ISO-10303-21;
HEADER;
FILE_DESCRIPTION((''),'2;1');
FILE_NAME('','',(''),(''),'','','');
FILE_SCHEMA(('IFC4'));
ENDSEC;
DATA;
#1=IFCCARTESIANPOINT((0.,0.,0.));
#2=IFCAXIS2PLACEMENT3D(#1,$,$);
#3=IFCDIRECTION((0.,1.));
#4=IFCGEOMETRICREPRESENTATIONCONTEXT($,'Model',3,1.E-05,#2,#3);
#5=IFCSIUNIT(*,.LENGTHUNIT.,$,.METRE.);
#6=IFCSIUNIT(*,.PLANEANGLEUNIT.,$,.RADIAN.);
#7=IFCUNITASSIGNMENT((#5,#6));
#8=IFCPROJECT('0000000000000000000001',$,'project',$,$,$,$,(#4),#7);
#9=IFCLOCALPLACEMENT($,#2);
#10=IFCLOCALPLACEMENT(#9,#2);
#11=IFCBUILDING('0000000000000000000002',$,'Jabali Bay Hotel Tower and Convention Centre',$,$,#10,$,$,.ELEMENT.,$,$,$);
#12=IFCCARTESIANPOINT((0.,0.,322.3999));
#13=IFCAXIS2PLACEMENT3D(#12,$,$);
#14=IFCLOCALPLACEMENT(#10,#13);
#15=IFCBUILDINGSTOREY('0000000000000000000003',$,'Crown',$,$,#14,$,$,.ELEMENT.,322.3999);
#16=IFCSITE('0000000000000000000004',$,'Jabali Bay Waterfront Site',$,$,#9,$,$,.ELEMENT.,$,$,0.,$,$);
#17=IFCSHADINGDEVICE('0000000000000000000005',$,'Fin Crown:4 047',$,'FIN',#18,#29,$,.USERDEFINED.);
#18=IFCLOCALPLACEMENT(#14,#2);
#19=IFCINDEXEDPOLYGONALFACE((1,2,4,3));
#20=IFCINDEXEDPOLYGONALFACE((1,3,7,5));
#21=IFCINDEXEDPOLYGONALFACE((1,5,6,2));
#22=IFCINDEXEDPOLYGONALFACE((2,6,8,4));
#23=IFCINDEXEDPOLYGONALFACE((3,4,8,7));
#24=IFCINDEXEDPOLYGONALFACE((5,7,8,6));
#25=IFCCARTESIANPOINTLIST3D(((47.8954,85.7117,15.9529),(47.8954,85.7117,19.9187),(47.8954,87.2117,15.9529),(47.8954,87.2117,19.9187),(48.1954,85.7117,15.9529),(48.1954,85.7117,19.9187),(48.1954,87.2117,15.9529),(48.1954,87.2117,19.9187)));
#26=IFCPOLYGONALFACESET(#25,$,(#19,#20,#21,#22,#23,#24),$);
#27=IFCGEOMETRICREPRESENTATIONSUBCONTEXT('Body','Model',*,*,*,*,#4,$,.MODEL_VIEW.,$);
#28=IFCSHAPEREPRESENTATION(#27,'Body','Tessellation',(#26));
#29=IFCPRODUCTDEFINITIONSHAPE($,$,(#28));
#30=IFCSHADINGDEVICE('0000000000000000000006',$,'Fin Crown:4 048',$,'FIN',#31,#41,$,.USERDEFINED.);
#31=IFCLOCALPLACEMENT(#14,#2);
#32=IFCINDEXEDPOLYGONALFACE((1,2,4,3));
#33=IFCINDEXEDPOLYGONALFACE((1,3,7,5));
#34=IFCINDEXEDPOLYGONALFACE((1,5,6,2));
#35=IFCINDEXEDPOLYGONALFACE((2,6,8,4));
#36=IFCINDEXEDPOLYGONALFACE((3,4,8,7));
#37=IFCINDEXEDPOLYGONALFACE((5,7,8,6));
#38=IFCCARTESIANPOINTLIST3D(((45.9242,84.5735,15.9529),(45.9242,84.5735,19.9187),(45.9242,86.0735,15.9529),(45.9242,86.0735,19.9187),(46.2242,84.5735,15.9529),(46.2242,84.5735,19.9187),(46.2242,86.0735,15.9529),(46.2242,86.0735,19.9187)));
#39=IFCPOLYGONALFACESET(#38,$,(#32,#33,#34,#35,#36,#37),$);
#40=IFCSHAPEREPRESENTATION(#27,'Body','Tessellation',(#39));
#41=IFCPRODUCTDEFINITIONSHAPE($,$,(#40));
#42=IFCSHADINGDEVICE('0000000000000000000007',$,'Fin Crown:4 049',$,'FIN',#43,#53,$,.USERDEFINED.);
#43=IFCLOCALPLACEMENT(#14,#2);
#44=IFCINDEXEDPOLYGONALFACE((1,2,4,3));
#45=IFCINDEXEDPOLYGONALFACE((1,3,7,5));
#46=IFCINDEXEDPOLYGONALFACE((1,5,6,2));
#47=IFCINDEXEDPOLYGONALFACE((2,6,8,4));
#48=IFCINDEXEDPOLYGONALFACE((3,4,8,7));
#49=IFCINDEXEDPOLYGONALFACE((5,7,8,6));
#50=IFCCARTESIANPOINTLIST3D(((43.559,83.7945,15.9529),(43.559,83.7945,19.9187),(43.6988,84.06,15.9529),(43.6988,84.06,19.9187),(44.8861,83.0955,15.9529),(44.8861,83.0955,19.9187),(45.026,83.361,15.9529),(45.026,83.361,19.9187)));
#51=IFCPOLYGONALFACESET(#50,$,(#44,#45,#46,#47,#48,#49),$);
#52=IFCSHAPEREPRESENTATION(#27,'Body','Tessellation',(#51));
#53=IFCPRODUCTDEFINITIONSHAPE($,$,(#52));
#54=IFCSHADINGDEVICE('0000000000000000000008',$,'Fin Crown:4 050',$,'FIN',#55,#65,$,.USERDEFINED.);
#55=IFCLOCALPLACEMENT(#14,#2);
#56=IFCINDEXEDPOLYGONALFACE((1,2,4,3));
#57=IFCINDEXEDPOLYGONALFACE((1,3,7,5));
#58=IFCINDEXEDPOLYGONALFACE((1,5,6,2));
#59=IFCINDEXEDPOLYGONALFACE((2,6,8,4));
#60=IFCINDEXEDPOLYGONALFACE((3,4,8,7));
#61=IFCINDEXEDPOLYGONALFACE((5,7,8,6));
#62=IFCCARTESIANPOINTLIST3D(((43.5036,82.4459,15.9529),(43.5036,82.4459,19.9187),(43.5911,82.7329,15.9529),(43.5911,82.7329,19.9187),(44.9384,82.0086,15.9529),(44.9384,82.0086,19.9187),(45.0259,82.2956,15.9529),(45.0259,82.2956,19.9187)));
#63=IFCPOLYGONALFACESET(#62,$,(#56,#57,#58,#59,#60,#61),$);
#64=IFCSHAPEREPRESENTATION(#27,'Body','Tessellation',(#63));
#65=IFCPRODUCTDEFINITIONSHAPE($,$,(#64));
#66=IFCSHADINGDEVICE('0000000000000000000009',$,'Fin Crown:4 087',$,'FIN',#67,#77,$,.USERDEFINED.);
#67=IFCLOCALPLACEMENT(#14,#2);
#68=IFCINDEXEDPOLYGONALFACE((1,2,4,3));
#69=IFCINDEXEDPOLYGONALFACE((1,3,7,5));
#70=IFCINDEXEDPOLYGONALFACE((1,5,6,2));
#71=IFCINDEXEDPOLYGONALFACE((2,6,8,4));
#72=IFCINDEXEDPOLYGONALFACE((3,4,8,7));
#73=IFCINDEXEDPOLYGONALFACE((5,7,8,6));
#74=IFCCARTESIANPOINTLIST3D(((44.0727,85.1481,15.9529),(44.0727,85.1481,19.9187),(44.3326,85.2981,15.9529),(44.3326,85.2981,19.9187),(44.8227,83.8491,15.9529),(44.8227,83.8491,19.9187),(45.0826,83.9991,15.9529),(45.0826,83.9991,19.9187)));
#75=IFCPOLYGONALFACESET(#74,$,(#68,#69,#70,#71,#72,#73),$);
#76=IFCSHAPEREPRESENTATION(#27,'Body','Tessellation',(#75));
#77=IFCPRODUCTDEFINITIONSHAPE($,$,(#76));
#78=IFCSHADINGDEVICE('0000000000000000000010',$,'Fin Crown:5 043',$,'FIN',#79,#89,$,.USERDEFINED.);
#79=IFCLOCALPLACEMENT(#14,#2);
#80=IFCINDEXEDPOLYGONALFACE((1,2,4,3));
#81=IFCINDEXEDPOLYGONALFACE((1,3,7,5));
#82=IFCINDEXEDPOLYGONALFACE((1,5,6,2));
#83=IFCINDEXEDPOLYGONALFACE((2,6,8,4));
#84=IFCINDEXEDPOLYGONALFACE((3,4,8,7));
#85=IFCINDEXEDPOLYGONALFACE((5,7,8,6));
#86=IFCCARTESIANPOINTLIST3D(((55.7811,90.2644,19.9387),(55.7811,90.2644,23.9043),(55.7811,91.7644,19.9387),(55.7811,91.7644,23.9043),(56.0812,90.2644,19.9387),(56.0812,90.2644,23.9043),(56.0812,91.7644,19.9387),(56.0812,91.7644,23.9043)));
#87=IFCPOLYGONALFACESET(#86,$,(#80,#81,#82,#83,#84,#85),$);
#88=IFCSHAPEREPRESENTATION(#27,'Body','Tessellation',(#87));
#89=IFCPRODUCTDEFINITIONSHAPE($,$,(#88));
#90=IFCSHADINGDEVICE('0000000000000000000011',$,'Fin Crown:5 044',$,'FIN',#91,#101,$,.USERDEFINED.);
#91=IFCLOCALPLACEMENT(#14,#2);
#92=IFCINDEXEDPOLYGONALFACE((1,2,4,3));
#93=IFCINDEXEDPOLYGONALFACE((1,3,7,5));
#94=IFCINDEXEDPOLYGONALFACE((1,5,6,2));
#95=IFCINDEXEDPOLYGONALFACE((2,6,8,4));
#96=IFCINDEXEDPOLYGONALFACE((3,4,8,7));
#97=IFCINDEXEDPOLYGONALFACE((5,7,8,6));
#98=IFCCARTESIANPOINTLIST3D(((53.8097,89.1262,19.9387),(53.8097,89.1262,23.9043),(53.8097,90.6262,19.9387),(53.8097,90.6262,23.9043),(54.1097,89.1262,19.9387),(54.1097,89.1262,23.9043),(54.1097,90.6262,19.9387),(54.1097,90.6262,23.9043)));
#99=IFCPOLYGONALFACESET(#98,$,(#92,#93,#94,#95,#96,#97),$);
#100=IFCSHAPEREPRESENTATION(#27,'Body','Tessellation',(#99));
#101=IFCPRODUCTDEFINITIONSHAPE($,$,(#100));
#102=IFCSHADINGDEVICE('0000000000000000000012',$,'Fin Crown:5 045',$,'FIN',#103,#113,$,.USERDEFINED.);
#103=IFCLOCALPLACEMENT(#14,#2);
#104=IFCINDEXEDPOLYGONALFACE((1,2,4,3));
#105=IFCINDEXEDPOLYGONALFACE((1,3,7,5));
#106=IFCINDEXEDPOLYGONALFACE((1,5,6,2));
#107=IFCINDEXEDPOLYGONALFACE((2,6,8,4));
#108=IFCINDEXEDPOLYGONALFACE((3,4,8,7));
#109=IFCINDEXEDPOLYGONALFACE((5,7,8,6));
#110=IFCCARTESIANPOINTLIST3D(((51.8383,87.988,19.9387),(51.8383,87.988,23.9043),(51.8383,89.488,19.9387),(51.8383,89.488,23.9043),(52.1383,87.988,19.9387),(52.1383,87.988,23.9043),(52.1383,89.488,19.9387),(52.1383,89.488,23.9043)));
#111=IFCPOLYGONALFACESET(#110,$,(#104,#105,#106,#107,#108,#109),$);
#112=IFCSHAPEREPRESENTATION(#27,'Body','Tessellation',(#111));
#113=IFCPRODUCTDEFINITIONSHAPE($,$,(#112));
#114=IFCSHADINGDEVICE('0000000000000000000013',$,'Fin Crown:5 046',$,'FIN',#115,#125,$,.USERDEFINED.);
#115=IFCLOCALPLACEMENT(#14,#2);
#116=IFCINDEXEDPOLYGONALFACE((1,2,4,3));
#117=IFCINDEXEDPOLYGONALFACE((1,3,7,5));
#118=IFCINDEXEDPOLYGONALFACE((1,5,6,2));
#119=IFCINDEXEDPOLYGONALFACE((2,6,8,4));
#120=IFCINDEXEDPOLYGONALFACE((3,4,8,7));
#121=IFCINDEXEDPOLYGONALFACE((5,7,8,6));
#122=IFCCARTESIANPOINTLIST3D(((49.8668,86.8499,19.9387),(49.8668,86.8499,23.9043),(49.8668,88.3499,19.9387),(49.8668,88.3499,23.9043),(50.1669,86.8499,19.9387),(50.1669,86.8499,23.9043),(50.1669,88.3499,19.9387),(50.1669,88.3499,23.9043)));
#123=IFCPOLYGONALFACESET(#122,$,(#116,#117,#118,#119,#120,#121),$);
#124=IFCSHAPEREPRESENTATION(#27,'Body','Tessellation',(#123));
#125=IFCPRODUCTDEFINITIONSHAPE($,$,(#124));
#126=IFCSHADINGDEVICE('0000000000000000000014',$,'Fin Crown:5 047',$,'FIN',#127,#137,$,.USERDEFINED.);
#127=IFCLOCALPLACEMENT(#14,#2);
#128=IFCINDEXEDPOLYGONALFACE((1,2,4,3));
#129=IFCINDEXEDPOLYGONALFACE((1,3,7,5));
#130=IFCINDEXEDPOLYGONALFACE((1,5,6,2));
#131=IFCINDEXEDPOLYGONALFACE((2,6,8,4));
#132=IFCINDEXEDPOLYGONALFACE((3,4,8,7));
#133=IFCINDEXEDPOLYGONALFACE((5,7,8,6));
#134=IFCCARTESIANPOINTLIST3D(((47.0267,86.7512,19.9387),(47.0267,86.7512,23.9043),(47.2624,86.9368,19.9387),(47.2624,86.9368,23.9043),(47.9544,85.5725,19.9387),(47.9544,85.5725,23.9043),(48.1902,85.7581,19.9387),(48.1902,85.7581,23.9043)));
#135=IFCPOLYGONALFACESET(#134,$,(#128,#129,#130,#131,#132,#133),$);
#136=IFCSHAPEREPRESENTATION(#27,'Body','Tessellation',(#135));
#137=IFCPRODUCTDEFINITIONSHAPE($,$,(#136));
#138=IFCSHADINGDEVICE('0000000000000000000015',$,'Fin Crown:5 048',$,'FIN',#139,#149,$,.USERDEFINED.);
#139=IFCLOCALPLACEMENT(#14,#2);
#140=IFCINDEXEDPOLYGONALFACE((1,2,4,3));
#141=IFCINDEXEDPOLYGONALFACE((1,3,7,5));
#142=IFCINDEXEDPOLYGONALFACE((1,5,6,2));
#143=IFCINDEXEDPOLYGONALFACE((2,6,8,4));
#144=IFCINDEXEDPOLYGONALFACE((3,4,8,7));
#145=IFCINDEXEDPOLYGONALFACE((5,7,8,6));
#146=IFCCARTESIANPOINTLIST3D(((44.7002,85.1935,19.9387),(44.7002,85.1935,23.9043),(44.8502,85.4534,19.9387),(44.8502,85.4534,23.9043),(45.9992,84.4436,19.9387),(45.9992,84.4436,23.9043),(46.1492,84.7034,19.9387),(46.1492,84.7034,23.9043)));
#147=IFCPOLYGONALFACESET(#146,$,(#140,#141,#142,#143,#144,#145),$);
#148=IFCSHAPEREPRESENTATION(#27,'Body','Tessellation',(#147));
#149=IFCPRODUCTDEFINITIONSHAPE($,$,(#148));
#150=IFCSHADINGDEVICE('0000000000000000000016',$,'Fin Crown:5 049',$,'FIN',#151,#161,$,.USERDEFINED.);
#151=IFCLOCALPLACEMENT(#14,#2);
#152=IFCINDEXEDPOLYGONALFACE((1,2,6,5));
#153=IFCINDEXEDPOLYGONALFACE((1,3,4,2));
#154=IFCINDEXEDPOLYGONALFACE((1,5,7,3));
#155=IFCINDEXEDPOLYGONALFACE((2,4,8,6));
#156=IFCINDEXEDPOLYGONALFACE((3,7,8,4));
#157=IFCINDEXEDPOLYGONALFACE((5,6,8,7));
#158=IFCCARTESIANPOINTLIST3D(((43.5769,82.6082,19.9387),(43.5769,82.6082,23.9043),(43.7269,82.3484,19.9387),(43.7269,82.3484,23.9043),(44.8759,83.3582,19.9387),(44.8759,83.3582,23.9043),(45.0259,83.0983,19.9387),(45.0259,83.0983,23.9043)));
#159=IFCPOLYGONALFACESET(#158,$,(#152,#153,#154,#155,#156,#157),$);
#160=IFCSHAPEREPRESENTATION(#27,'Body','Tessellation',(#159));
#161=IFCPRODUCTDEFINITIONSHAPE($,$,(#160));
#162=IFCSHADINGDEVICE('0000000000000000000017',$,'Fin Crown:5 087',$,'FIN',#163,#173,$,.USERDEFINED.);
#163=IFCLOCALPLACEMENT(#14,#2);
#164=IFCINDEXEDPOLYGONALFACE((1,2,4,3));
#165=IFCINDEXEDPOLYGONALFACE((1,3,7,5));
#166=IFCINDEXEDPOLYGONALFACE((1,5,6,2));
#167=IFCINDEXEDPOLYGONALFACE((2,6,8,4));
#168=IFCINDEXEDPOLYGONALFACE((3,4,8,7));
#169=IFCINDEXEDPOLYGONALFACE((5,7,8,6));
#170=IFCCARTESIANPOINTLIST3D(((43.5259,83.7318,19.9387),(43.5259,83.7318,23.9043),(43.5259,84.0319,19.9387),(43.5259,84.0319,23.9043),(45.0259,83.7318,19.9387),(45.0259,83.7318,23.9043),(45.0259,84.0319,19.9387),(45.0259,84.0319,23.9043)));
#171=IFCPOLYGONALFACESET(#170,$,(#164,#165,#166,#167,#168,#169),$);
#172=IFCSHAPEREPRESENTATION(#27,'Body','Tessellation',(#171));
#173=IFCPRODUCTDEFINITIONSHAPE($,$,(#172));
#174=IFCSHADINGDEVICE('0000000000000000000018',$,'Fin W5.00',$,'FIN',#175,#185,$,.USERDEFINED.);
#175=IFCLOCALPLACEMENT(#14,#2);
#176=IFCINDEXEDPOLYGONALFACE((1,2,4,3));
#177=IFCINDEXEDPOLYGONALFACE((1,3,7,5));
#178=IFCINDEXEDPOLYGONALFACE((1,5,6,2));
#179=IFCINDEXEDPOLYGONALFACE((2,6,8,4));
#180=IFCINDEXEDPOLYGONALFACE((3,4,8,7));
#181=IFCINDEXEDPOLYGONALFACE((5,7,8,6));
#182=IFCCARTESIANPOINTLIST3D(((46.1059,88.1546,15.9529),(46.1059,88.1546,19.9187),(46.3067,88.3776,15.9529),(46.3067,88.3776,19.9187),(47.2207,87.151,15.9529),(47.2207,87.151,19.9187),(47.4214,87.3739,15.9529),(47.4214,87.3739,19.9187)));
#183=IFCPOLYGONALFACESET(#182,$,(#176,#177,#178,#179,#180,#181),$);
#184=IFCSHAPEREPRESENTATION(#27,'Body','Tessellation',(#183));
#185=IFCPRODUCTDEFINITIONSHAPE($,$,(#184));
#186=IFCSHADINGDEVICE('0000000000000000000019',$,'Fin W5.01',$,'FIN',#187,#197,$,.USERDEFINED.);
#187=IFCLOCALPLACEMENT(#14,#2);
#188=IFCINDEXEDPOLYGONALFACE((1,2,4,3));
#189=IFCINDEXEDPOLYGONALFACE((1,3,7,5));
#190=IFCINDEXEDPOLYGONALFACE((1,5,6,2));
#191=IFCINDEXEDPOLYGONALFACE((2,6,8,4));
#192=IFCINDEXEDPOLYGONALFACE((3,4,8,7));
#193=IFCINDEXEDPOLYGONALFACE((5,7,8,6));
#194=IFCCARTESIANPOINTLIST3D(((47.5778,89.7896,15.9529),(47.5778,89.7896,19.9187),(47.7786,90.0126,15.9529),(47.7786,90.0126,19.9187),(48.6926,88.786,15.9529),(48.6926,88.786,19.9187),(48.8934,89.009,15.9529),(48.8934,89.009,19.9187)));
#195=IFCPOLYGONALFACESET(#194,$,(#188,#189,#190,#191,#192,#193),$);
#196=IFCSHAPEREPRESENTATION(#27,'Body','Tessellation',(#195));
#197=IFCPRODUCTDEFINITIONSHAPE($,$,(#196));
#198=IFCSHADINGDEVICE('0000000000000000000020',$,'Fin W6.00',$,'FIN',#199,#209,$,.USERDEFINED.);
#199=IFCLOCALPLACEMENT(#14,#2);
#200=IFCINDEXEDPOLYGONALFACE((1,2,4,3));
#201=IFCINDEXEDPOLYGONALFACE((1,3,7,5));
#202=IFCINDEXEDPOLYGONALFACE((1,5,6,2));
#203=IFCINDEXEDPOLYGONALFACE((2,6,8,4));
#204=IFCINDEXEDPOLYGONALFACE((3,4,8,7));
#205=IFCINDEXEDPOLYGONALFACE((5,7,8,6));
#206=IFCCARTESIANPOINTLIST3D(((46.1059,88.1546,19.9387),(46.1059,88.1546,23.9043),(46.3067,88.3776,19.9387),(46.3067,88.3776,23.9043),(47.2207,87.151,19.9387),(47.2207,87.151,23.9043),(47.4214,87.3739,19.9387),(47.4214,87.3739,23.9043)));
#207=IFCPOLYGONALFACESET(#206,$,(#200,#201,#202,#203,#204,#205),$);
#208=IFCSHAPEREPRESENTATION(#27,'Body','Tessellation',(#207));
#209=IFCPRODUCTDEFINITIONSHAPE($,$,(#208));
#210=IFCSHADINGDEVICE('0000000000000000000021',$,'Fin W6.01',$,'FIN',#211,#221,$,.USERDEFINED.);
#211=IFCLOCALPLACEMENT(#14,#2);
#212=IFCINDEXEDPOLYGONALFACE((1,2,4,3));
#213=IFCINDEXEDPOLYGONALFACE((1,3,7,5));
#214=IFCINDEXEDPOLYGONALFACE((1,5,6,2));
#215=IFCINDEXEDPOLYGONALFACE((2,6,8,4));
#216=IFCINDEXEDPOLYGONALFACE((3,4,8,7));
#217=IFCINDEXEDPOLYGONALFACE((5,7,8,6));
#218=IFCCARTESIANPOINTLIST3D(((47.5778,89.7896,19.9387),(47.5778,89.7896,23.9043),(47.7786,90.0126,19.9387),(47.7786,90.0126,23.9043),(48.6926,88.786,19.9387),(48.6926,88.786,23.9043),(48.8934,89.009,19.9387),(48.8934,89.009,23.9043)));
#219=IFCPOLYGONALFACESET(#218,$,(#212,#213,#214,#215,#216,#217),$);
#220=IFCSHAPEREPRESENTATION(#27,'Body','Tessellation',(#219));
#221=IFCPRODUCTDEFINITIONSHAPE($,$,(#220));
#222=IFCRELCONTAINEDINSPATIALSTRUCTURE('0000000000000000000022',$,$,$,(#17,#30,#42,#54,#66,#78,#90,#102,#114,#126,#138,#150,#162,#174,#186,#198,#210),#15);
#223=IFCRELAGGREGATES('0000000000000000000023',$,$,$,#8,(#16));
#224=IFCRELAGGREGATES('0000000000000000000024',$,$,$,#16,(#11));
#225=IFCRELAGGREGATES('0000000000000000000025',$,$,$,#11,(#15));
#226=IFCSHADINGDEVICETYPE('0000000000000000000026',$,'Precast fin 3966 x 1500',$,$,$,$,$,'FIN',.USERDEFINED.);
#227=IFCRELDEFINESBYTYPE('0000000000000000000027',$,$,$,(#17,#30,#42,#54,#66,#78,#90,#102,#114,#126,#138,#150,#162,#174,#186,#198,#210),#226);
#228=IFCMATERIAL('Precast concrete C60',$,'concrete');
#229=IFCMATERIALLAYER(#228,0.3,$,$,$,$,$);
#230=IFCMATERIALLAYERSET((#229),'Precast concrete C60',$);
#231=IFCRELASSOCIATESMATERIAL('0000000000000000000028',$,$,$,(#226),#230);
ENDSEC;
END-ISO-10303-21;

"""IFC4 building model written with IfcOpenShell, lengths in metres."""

from ifc_helpers import new_model, si_unit, direction, frame, frame_2d, origin, place, context, subcontext, project, spatial, rectangle, extrude, material, layer, layer_set, type_object, element, save


model = new_model("IFC4")

# Units and contexts
model_context = context("Model", 3, precision=1e-05, world=origin(), true_north=direction((0.0, 1.0)))
body_context = subcontext(model_context, "Body", "Model", "MODEL_VIEW")
ifc_project = project(units=[si_unit("LENGTHUNIT", "METRE"), si_unit("PLANEANGLEUNIT", "RADIAN")], contexts=[model_context])

# Site, building, storey
site_placement = place(None, origin())
site = spatial("IfcSite", under=ifc_project, at=site_placement, Name="Jabali Bay Waterfront Site", CompositionType="ELEMENT", RefElevation=0.0)
building_placement = place(site_placement, origin())
building = spatial("IfcBuilding", under=site, at=building_placement, Name="Jabali Bay Hotel Tower and Convention Centre", CompositionType="ELEMENT")
storey_placement = place(building_placement, frame((0.0, 0.0, 322.3999)))
storey = spatial("IfcBuildingStorey", under=building, at=storey_placement, Name="Crown", CompositionType="ELEMENT", Elevation=322.3999)

# Shading devices
ifc_material_1 = material(Name="Precast concrete C60", Category="concrete")
ifc_layer = layer(ifc_material_1, 0.3)
ifc_layer_set = layer_set([ifc_layer], Name="Precast concrete C60")
shading_device_type = type_object("IfcShadingDeviceType", Name="Precast fin 3966 x 1500", ElementType="FIN", PredefinedType="USERDEFINED", material=ifc_layer_set)
for number, where, z_axis, x_axis, name in (
    (1, (48.0454, 85.7117, 15.9529), (0.0, 0.0, 1.0), (0.0, 1.0, 0.0), "Fin Crown:4 047"),
    (2, (46.0742, 84.5735, 15.9529), (0.0, 0.0, 1.0), (0.0, 1.0, 0.0), "Fin Crown:4 048"),
    (3, (44.9561, 83.2283, 15.9529), (0.0, 0.0, 1.0), (-0.884788, 0.465995, 0.0), "Fin Crown:4 049"),
    (4, (44.9822, 82.1521, 15.9529), (0.0, 0.0, 1.0), (-0.956567, 0.291511, 0.0), "Fin Crown:4 050"),
    (5, (44.9526, 83.9241, 15.9529), (0.0, 0.0, 1.0), (-0.49999, 0.866031, 0.0), "Fin Crown:4 087"),
):
    element("IfcShadingDevice", number, at=place(storey_placement, frame(where, z_axis=z_axis, x_axis=x_axis)), inside=storey, type_object=shading_device_type, Name=name, ObjectType="FIN", PredefinedType="USERDEFINED", context=body_context, shape_type="SweptSolid", body=[
        extrude(rectangle(XDim=1.5, YDim=0.3, at=frame_2d((0.75, 0.0))), origin(), (0.0, 0.0, 1.0), 3.9658),
    ])
for number, where, z_axis, x_axis, name in (
    (6, (55.9312, 90.2644, 19.9387), (0.0, 0.0, 1.0), (0.0, 1.0, 0.0), "Fin Crown:5 043"),
    (7, (53.9597, 89.1262, 19.9387), (0.0, 0.0, 1.0), (0.0, 1.0, 0.0), "Fin Crown:5 044"),
    (8, (51.9883, 87.988, 19.9387), (0.0, 0.0, 1.0), (0.0, 1.0, 0.0), "Fin Crown:5 045"),
    (9, (50.0168, 86.8499, 19.9387), (0.0, 0.0, 1.0), (0.0, 1.0, 0.0), "Fin Crown:5 046"),
    (10, (48.0723, 85.6653, 19.9387), (0.0, 0.0, 1.0), (-0.618483, 0.785798, 0.0), "Fin Crown:5 047"),
    (11, (46.0742, 84.5735, 19.9387), (0.0, 0.0, 1.0), (-0.866031, 0.49999, 0.0), "Fin Crown:5 048"),
    (12, (44.9509, 83.2283, 19.9387), (0.0, 0.0, 1.0), (-0.866031, -0.49999, 0.0), "Fin Crown:5 049"),
    (13, (45.0259, 83.8818, 19.9387), (0.0, 0.0, 1.0), (-1.0, 0.0, 0.0), "Fin Crown:5 087"),
):
    element("IfcShadingDevice", number, at=place(storey_placement, frame(where, z_axis=z_axis, x_axis=x_axis)), inside=storey, type_object=shading_device_type, Name=name, ObjectType="FIN", PredefinedType="USERDEFINED", context=body_context, shape_type="SweptSolid", body=[
        extrude(rectangle(XDim=1.5, YDim=0.3, at=frame_2d((0.75, 0.0))), origin(), (0.0, 0.0, 1.0), 3.9656),
    ])
for number, where, z_axis, x_axis, name in (
    (14, (47.321, 87.2625, 15.9529), (0.0, 0.0, 1.0), (-0.743165, 0.669109, 0.0), "Fin W5.00"),
    (15, (48.793, 88.8975, 15.9529), (0.0, 0.0, 1.0), (-0.743165, 0.669109, 0.0), "Fin W5.01"),
):
    element("IfcShadingDevice", number, at=place(storey_placement, frame(where, z_axis=z_axis, x_axis=x_axis)), inside=storey, type_object=shading_device_type, Name=name, ObjectType="FIN", PredefinedType="USERDEFINED", context=body_context, shape_type="SweptSolid", body=[
        extrude(rectangle(XDim=1.5, YDim=0.3, at=frame_2d((0.75, 0.0))), origin(), (0.0, 0.0, 1.0), 3.9658),
    ])
for number, where, z_axis, x_axis, name in (
    (16, (47.321, 87.2625, 19.9387), (0.0, 0.0, 1.0), (-0.743165, 0.669109, 0.0), "Fin W6.00"),
    (17, (48.793, 88.8975, 19.9387), (0.0, 0.0, 1.0), (-0.743165, 0.669109, 0.0), "Fin W6.01"),
):
    element("IfcShadingDevice", number, at=place(storey_placement, frame(where, z_axis=z_axis, x_axis=x_axis)), inside=storey, type_object=shading_device_type, Name=name, ObjectType="FIN", PredefinedType="USERDEFINED", context=body_context, shape_type="SweptSolid", body=[
        extrude(rectangle(XDim=1.5, YDim=0.3, at=frame_2d((0.75, 0.0))), origin(), (0.0, 0.0, 1.0), 3.9656),
    ])

save(model, "model.ifc")
